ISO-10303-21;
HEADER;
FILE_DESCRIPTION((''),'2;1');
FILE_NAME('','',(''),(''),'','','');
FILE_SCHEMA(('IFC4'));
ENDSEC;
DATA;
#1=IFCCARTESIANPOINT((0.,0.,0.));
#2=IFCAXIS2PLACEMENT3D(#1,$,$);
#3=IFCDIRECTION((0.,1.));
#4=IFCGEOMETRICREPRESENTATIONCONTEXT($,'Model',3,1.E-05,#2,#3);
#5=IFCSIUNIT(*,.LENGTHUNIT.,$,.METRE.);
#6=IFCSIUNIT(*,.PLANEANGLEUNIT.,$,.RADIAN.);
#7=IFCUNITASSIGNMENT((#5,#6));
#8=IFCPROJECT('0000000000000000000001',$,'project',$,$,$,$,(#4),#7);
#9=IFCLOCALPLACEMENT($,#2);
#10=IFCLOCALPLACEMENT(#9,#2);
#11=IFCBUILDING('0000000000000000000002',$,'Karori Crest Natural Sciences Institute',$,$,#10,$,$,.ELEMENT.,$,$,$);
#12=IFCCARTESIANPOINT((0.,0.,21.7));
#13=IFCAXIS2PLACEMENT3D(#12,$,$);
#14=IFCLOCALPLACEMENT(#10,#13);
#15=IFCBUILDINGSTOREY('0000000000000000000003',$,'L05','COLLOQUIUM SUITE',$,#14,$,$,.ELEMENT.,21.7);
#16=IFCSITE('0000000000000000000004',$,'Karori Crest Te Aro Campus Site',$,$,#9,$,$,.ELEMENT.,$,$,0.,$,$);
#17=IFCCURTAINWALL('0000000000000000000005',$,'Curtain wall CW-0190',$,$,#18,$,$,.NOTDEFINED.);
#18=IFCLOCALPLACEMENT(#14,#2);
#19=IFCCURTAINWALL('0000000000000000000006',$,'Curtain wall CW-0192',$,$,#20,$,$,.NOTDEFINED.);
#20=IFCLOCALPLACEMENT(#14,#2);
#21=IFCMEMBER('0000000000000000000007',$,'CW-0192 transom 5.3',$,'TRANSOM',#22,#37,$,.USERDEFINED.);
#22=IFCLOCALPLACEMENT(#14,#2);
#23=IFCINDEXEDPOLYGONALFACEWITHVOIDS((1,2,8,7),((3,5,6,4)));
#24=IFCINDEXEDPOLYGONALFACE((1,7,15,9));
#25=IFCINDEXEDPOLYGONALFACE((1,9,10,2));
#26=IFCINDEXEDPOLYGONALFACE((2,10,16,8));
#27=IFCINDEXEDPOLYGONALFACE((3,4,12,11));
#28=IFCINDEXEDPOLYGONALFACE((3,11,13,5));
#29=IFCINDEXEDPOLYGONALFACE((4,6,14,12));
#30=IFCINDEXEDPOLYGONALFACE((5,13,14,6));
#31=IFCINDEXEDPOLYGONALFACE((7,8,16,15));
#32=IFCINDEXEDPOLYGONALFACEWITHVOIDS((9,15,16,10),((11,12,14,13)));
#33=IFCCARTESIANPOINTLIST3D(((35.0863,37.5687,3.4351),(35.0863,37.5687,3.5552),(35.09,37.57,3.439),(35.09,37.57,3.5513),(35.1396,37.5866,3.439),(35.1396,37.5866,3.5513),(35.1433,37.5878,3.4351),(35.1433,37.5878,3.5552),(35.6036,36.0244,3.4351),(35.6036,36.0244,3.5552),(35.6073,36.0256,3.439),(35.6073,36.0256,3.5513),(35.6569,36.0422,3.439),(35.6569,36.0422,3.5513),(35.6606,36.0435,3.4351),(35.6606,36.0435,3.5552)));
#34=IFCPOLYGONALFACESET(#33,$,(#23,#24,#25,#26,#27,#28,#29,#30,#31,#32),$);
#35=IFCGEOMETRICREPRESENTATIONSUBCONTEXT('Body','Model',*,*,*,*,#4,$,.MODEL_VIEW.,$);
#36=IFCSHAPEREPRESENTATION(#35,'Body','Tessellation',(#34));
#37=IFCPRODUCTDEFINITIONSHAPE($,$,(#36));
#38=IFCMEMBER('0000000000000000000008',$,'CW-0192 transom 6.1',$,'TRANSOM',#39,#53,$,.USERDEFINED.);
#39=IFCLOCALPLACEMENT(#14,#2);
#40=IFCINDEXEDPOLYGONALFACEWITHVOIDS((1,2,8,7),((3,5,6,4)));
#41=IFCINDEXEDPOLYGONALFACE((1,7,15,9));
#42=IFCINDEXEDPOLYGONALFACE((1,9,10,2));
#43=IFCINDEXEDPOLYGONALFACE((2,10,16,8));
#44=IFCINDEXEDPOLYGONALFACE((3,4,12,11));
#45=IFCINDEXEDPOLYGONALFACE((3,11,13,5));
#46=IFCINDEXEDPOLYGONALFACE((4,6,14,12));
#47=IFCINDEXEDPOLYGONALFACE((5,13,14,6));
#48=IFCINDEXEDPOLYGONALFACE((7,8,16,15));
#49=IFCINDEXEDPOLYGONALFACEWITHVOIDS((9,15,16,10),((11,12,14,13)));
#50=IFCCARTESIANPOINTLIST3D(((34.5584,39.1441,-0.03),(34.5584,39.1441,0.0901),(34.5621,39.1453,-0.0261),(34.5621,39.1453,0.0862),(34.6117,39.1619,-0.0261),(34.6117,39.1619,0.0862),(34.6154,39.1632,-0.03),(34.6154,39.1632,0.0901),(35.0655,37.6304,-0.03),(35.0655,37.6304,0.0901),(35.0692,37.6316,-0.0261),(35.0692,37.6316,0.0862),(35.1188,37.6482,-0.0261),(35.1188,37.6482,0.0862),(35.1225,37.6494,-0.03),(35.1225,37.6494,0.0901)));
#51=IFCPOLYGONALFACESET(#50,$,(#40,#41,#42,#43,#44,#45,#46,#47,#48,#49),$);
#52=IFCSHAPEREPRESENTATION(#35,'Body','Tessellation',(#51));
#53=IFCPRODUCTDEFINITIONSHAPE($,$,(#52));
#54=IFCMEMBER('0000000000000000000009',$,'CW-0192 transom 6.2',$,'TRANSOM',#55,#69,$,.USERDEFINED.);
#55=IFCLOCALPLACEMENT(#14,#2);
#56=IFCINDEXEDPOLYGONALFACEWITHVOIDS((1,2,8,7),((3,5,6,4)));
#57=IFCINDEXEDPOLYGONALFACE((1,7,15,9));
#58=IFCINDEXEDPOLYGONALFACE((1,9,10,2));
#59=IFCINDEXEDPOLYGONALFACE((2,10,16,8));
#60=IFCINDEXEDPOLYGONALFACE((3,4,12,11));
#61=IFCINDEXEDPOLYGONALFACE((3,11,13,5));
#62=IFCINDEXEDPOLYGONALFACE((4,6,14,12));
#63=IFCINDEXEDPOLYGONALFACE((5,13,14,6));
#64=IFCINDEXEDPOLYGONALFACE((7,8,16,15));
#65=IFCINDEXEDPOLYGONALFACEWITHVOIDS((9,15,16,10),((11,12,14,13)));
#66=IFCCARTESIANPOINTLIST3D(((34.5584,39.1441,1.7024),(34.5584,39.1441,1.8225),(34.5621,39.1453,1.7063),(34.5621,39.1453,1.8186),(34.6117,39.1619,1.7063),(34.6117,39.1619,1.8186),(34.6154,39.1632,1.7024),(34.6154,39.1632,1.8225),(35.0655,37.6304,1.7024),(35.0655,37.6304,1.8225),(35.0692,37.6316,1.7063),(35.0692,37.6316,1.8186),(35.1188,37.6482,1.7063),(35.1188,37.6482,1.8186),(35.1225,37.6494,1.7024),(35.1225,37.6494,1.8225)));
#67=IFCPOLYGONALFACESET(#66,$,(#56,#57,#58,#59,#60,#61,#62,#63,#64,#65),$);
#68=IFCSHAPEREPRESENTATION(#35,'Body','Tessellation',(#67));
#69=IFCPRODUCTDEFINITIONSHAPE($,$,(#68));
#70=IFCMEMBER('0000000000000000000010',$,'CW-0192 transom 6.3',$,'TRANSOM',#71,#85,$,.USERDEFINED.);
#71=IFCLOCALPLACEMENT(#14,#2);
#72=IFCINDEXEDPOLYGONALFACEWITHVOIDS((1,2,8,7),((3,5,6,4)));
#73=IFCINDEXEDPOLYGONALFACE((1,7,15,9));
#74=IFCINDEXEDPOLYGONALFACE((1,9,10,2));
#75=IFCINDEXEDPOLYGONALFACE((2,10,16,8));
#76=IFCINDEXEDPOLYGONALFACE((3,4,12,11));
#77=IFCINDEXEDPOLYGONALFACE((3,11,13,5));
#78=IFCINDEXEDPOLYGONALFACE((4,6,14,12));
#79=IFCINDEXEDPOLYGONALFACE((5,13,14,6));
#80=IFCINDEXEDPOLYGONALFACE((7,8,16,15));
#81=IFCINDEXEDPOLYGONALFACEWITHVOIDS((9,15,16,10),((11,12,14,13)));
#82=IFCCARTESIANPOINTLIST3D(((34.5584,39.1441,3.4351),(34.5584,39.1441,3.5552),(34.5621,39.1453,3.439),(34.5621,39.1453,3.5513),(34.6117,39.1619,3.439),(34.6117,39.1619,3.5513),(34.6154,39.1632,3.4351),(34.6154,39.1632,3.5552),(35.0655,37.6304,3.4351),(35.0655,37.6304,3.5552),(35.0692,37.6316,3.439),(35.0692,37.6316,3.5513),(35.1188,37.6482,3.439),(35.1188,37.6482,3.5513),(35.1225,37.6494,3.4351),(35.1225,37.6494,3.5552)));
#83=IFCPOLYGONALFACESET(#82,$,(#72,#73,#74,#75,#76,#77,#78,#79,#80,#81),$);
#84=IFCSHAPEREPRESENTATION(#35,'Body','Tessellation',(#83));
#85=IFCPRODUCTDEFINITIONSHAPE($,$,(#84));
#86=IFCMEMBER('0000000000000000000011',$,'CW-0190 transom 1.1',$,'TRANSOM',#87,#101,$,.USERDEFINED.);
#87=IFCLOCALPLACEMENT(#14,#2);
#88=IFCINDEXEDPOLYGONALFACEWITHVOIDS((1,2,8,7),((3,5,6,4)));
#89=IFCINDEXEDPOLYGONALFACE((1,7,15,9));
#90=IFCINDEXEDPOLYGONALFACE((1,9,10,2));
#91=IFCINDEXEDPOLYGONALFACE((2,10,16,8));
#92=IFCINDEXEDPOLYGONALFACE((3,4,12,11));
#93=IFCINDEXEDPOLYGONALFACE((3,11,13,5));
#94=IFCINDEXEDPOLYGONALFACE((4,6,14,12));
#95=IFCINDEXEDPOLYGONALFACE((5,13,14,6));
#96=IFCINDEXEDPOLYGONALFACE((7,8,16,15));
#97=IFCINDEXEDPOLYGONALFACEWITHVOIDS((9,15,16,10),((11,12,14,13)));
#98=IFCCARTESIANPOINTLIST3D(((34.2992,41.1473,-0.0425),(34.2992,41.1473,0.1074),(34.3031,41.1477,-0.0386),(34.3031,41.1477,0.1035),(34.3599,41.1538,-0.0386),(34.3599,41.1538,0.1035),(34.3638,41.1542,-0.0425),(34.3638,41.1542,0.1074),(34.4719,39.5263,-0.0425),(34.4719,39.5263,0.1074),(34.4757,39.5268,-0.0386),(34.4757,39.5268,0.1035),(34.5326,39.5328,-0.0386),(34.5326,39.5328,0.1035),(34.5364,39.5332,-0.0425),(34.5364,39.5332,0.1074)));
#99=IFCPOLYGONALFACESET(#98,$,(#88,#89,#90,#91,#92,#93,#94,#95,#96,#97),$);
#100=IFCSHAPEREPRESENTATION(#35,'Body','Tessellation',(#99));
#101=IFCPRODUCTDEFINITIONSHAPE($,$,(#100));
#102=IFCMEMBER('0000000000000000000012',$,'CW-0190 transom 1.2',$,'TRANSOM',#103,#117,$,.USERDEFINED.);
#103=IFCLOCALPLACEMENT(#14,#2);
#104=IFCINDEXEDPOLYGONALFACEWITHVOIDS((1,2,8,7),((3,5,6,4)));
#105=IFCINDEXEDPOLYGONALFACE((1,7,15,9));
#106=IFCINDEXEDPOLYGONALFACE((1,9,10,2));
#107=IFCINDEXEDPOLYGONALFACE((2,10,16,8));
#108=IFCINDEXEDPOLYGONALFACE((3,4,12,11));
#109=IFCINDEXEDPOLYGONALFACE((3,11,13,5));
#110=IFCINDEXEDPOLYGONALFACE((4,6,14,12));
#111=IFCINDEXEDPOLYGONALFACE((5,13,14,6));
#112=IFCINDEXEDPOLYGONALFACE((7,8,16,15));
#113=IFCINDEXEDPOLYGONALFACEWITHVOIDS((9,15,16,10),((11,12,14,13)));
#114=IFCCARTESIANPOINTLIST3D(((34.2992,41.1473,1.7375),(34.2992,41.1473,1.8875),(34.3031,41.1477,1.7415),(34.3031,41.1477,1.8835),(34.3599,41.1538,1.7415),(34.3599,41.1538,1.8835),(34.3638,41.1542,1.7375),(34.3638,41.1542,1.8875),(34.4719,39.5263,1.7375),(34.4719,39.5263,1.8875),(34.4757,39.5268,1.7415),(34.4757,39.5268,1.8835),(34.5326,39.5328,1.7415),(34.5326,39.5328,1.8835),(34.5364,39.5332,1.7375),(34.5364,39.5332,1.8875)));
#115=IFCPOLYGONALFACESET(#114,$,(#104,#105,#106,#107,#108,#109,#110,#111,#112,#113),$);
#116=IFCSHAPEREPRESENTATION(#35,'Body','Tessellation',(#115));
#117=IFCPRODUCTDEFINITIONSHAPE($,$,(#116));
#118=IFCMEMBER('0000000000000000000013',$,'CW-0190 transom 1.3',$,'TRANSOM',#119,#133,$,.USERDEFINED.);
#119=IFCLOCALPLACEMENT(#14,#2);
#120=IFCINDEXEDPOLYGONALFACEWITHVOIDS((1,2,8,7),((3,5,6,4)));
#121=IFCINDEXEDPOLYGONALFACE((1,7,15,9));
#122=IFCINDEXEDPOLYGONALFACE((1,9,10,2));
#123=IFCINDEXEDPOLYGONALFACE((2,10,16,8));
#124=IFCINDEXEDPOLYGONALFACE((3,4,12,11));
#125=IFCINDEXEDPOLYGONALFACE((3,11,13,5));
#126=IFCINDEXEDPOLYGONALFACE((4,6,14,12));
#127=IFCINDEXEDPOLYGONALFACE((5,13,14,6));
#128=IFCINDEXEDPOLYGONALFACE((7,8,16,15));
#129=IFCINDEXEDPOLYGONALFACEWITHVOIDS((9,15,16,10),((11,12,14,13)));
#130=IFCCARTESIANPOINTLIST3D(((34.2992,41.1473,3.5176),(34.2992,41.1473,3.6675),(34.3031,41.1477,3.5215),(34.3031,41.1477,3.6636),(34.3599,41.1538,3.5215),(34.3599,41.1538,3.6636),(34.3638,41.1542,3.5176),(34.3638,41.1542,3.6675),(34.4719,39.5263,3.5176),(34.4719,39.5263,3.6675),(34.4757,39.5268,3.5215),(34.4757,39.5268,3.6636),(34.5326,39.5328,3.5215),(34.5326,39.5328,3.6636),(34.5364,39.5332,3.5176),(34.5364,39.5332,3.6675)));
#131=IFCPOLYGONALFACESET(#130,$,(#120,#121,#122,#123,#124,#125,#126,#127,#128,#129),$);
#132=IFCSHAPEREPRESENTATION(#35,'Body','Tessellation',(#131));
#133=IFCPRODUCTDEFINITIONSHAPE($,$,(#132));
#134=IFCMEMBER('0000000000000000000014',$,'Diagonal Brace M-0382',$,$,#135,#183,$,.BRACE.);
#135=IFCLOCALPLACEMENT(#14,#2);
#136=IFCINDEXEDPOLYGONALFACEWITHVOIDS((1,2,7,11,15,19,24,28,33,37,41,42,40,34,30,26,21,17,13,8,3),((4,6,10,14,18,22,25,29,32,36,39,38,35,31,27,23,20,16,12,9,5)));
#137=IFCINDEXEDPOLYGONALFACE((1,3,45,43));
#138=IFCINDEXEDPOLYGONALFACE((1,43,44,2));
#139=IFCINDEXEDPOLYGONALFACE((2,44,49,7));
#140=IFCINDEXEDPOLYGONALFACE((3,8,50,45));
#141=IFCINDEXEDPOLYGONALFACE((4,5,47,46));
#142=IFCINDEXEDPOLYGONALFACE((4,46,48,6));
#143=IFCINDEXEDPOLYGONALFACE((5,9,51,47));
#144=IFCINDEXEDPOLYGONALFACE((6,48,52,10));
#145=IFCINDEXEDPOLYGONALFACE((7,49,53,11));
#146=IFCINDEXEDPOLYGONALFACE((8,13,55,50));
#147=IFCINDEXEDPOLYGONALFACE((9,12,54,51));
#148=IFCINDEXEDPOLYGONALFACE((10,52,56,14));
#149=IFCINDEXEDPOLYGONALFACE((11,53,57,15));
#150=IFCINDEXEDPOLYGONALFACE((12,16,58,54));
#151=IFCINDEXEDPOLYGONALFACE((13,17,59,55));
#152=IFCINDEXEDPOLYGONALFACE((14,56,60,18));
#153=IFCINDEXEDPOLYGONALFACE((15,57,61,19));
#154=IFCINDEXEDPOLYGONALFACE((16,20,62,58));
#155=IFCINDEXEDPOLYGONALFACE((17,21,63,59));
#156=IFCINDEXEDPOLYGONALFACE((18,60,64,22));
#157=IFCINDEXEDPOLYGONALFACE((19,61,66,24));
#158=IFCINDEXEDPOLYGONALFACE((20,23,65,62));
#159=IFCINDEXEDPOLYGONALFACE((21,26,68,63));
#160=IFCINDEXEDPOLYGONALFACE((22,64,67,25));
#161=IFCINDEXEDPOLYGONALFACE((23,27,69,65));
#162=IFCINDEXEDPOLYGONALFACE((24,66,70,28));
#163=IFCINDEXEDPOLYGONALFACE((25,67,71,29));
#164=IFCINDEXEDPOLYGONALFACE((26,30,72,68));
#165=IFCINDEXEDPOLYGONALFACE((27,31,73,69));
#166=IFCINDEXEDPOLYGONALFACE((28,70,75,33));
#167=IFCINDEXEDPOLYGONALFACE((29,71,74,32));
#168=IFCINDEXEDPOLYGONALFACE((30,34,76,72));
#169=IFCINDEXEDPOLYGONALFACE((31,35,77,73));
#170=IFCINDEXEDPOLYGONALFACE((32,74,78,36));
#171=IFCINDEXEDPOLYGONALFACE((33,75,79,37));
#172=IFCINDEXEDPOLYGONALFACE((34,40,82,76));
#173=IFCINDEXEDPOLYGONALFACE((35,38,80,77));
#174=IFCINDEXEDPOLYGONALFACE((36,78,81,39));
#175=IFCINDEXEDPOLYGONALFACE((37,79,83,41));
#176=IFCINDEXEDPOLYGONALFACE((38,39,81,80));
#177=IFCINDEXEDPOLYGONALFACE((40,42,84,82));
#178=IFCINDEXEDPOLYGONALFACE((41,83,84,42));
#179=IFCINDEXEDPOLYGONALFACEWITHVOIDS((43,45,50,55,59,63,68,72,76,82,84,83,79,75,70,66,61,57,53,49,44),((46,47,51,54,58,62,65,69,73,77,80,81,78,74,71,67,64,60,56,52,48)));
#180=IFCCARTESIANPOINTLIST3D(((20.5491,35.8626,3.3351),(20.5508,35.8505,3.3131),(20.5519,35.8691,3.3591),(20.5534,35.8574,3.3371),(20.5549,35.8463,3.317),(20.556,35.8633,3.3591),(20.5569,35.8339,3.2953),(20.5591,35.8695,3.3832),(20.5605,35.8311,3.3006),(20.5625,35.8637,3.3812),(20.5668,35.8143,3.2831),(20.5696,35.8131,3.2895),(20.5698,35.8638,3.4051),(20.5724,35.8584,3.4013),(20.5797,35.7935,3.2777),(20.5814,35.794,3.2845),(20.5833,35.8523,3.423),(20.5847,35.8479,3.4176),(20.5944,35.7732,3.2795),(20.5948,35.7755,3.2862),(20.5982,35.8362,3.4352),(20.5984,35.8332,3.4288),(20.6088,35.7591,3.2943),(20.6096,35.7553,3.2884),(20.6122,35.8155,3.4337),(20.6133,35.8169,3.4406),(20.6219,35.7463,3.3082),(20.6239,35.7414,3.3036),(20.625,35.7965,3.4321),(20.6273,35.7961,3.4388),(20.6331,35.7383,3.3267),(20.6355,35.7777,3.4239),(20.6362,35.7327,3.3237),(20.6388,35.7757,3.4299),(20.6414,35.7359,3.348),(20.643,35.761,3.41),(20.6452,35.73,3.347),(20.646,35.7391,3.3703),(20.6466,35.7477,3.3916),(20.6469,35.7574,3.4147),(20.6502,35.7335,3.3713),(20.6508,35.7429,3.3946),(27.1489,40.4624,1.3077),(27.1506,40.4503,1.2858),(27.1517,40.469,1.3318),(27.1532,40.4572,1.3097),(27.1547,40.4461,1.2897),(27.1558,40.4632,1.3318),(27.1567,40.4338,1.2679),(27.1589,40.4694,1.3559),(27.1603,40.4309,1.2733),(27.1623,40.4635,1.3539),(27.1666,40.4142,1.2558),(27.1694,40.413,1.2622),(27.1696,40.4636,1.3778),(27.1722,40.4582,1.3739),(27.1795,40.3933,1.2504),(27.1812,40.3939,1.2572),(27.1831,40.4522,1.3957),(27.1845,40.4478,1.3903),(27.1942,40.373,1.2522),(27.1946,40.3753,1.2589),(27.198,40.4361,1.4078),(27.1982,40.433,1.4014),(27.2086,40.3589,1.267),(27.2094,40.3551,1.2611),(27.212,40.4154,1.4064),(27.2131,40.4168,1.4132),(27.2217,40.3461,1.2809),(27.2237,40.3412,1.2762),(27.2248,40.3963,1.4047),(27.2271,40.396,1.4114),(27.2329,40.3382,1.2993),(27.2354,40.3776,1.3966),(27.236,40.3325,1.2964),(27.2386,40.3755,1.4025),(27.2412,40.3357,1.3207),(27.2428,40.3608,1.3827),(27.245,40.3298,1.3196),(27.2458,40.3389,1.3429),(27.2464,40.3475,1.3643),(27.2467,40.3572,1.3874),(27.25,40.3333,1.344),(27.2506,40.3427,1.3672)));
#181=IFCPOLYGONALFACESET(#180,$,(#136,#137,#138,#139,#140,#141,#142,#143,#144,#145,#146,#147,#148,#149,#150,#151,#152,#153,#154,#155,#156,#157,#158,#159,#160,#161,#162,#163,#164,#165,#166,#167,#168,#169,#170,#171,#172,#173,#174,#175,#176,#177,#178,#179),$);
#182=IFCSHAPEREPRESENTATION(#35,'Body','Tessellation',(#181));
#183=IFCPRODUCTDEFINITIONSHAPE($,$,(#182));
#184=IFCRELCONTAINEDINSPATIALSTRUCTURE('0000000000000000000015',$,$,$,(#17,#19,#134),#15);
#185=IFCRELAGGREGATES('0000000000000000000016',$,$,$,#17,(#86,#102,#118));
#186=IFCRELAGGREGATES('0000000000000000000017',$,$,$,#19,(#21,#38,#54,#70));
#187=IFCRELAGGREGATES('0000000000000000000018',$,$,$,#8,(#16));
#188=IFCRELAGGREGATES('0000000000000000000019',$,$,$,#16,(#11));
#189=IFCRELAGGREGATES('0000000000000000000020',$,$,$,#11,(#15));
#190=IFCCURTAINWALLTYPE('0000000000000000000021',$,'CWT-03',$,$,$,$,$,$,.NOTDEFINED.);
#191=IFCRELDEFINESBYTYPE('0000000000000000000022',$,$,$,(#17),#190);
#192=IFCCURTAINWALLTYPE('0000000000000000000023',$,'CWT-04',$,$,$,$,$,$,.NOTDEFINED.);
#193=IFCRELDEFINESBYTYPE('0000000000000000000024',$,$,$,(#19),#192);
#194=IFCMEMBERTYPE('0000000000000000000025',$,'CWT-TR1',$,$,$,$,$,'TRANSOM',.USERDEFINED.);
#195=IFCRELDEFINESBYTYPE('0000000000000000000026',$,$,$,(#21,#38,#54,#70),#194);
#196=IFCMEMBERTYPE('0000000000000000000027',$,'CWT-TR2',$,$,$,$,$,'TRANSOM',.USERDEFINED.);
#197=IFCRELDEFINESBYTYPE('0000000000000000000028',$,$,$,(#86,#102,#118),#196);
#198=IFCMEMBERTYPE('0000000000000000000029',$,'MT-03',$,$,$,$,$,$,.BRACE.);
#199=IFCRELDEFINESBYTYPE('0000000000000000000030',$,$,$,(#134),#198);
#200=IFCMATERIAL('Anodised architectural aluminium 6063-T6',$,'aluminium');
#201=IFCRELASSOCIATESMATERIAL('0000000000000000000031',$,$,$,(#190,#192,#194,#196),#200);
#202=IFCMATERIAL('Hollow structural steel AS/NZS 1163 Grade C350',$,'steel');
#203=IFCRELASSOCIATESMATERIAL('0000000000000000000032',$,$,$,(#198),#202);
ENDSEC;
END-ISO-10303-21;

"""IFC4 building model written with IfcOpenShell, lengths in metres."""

from ifc_helpers import new_model, si_unit, direction, frame, origin, origin_2d, place, context, subcontext, project, spatial, hollow_rectangle, hollow_circle, extrude, material, material_profile, profile_set, type_object, element, aggregate, save


model = new_model("IFC4")

# Units and contexts
model_context = context("Model", 3, precision=1e-05, world=origin(), true_north=direction((0.0, 1.0)))
body_context = subcontext(model_context, "Body", "Model", "MODEL_VIEW")
ifc_project = project(units=[si_unit("LENGTHUNIT", "METRE"), si_unit("PLANEANGLEUNIT", "RADIAN")], contexts=[model_context])

# Site, building, storey
site_placement = place(None, origin())
site = spatial("IfcSite", under=ifc_project, at=site_placement, Name="Karori Crest Te Aro Campus Site", CompositionType="ELEMENT", RefElevation=0.0)
building_placement = place(site_placement, origin())
building = spatial("IfcBuilding", under=site, at=building_placement, Name="Karori Crest Natural Sciences Institute", CompositionType="ELEMENT")
storey_placement = place(building_placement, frame((0.0, 0.0, 21.7)))
storey = spatial("IfcBuildingStorey", under=building, at=storey_placement, Name="L05", Description="COLLOQUIUM SUITE", CompositionType="ELEMENT", Elevation=21.7)

# Shared definitions
ifc_material_1 = material(Name="Hollow structural steel AS/NZS 1163 Grade C350", Category="steel")

# Curtain wall
ifc_material_2 = material(Name="Anodised architectural aluminium 6063-T6", Category="aluminium")
curtain_wall_type_1 = type_object("IfcCurtainWallType", Name="CWT-03", PredefinedType="NOTDEFINED", material=ifc_material_2)
curtain_wall_1_placement = place(storey_placement, origin())
curtain_wall_1 = element("IfcCurtainWall", 1, at=curtain_wall_1_placement, inside=storey, type_object=curtain_wall_type_1, Name="Curtain wall CW-0190", PredefinedType="NOTDEFINED")

# Curtain wall, members
curtain_wall_type_2 = type_object("IfcCurtainWallType", Name="CWT-04", PredefinedType="NOTDEFINED", material=ifc_material_2)
curtain_wall_2_placement = place(storey_placement, origin())
curtain_wall_2 = element("IfcCurtainWall", 2, at=curtain_wall_2_placement, inside=storey, type_object=curtain_wall_type_2, Name="Curtain wall CW-0192", PredefinedType="NOTDEFINED")
ifc_material_profile_1 = material_profile(ifc_material_2, hollow_rectangle(XDim=0.0601, YDim=0.1201, WallThickness=0.0039, at=origin_2d()), Name="CWT120x60x4")
ifc_profile_set_1 = profile_set([ifc_material_profile_1], Name="Anodised architectural aluminium 6063-T6")
member_type_1 = type_object("IfcMemberType", Name="CWT-TR1", ElementType="TRANSOM", PredefinedType="USERDEFINED", material=ifc_profile_set_1)
member_1_placement = place(storey_placement, frame((35.6321, 36.0339, 3.4951), z_axis=(-0.317621, 0.948218, 0.0), x_axis=(-0.948218, -0.317621, 0.0)))
member_1 = element("IfcMember", 3, at=member_1_placement, type_object=member_type_1, Name="CW-0192 transom 5.3", ObjectType="TRANSOM", PredefinedType="USERDEFINED", context=body_context, shape_type="SweptSolid", body=[
    extrude(hollow_rectangle(XDim=0.0601, YDim=0.1201, WallThickness=0.0039, at=origin_2d()), origin(), (0.0, 0.0, 1.0), 1.6287),
])
member_2_placement = place(storey_placement, frame((35.094, 37.6399, 0.03), z_axis=(-0.31765, 0.948208, 0.0), x_axis=(-0.948208, -0.31765, 0.0)))
member_2 = element("IfcMember", 4, at=member_2_placement, type_object=member_type_1, Name="CW-0192 transom 6.1", ObjectType="TRANSOM", PredefinedType="USERDEFINED", context=body_context, shape_type="SweptSolid", body=[
    extrude(hollow_rectangle(XDim=0.0601, YDim=0.1201, WallThickness=0.0039, at=origin_2d()), origin(), (0.0, 0.0, 1.0), 1.5964),
])
member_3_placement = place(storey_placement, frame((35.094, 37.6399, 1.7625), z_axis=(-0.31765, 0.948208, 0.0), x_axis=(-0.948208, -0.31765, 0.0)))
member_3 = element("IfcMember", 5, at=member_3_placement, type_object=member_type_1, Name="CW-0192 transom 6.2", ObjectType="TRANSOM", PredefinedType="USERDEFINED", context=body_context, shape_type="SweptSolid", body=[
    extrude(hollow_rectangle(XDim=0.0601, YDim=0.1201, WallThickness=0.0039, at=origin_2d()), origin(), (0.0, 0.0, 1.0), 1.5964),
])
member_4_placement = place(storey_placement, frame((35.094, 37.6399, 3.4951), z_axis=(-0.31765, 0.948208, 0.0), x_axis=(-0.948208, -0.31765, 0.0)))
member_4 = element("IfcMember", 6, at=member_4_placement, type_object=member_type_1, Name="CW-0192 transom 6.3", ObjectType="TRANSOM", PredefinedType="USERDEFINED", context=body_context, shape_type="SweptSolid", body=[
    extrude(hollow_rectangle(XDim=0.0601, YDim=0.1201, WallThickness=0.0039, at=origin_2d()), origin(), (0.0, 0.0, 1.0), 1.5964),
])

# Members
ifc_material_profile_2 = material_profile(ifc_material_2, hollow_rectangle(XDim=0.0649, YDim=0.1499, WallThickness=0.0039, at=origin_2d()), Name="CWT150x65x4")
ifc_profile_set_2 = profile_set([ifc_material_profile_2], Name="Anodised architectural aluminium 6063-T6")
member_type_2 = type_object("IfcMemberType", Name="CWT-TR2", ElementType="TRANSOM", PredefinedType="USERDEFINED", material=ifc_profile_set_2)
member_5_placement = place(storey_placement, frame((34.5042, 39.5298, 0.0325), z_axis=(-0.105893, 0.994378, 0.0), x_axis=(-0.994378, -0.105893, 0.0)))
member_5 = element("IfcMember", 7, at=member_5_placement, type_object=member_type_2, Name="CW-0190 transom 1.1", ObjectType="TRANSOM", PredefinedType="USERDEFINED", context=body_context, shape_type="SweptSolid", body=[
    extrude(hollow_rectangle(XDim=0.0649, YDim=0.1499, WallThickness=0.0039, at=origin_2d()), origin(), (0.0, 0.0, 1.0), 1.6301),
])
member_6_placement = place(storey_placement, frame((34.5042, 39.5298, 1.8125), z_axis=(-0.105893, 0.994378, 0.0), x_axis=(-0.994378, -0.105893, 0.0)))
member_6 = element("IfcMember", 8, at=member_6_placement, type_object=member_type_2, Name="CW-0190 transom 1.2", ObjectType="TRANSOM", PredefinedType="USERDEFINED", context=body_context, shape_type="SweptSolid", body=[
    extrude(hollow_rectangle(XDim=0.0649, YDim=0.1499, WallThickness=0.0039, at=origin_2d()), origin(), (0.0, 0.0, 1.0), 1.6301),
])
member_7_placement = place(storey_placement, frame((34.5042, 39.5298, 3.5925), z_axis=(-0.105893, 0.994378, 0.0), x_axis=(-0.994378, -0.105893, 0.0)))
member_7 = element("IfcMember", 9, at=member_7_placement, type_object=member_type_2, Name="CW-0190 transom 1.3", ObjectType="TRANSOM", PredefinedType="USERDEFINED", context=body_context, shape_type="SweptSolid", body=[
    extrude(hollow_rectangle(XDim=0.0649, YDim=0.1499, WallThickness=0.0039, at=origin_2d()), origin(), (0.0, 0.0, 1.0), 1.6301),
])

# Member
ifc_material_profile_3 = material_profile(ifc_material_1, hollow_circle(Radius=0.0842, WallThickness=0.0071, at=origin_2d()), Name="CHS168.3x7.1")
ifc_profile_set_3 = profile_set([ifc_material_profile_3], Name="Hollow structural steel AS/NZS 1163 Grade C350")
member_type_3 = type_object("IfcMemberType", Name="MT-03", PredefinedType="BRACE", material=ifc_profile_set_3)
member_8_placement = place(storey_placement, frame((20.6001, 35.8, 3.3591), z_axis=(0.795528, 0.554453, -0.24437), x_axis=(-0.571789, 0.820401, 0.0)))
element("IfcMember", 10, at=member_8_placement, inside=storey, type_object=member_type_3, Name="Diagonal Brace M-0382", PredefinedType="BRACE", context=body_context, shape_type="SweptSolid", body=[
    extrude(hollow_circle(Radius=0.0842, WallThickness=0.0071, at=origin_2d()), origin(), (0.0, 0.0, 1.0), 8.2961),
])

aggregate(curtain_wall_1, [member_5, member_6, member_7])
aggregate(curtain_wall_2, [member_1, member_2, member_3, member_4])

save(model, "model.ifc")
